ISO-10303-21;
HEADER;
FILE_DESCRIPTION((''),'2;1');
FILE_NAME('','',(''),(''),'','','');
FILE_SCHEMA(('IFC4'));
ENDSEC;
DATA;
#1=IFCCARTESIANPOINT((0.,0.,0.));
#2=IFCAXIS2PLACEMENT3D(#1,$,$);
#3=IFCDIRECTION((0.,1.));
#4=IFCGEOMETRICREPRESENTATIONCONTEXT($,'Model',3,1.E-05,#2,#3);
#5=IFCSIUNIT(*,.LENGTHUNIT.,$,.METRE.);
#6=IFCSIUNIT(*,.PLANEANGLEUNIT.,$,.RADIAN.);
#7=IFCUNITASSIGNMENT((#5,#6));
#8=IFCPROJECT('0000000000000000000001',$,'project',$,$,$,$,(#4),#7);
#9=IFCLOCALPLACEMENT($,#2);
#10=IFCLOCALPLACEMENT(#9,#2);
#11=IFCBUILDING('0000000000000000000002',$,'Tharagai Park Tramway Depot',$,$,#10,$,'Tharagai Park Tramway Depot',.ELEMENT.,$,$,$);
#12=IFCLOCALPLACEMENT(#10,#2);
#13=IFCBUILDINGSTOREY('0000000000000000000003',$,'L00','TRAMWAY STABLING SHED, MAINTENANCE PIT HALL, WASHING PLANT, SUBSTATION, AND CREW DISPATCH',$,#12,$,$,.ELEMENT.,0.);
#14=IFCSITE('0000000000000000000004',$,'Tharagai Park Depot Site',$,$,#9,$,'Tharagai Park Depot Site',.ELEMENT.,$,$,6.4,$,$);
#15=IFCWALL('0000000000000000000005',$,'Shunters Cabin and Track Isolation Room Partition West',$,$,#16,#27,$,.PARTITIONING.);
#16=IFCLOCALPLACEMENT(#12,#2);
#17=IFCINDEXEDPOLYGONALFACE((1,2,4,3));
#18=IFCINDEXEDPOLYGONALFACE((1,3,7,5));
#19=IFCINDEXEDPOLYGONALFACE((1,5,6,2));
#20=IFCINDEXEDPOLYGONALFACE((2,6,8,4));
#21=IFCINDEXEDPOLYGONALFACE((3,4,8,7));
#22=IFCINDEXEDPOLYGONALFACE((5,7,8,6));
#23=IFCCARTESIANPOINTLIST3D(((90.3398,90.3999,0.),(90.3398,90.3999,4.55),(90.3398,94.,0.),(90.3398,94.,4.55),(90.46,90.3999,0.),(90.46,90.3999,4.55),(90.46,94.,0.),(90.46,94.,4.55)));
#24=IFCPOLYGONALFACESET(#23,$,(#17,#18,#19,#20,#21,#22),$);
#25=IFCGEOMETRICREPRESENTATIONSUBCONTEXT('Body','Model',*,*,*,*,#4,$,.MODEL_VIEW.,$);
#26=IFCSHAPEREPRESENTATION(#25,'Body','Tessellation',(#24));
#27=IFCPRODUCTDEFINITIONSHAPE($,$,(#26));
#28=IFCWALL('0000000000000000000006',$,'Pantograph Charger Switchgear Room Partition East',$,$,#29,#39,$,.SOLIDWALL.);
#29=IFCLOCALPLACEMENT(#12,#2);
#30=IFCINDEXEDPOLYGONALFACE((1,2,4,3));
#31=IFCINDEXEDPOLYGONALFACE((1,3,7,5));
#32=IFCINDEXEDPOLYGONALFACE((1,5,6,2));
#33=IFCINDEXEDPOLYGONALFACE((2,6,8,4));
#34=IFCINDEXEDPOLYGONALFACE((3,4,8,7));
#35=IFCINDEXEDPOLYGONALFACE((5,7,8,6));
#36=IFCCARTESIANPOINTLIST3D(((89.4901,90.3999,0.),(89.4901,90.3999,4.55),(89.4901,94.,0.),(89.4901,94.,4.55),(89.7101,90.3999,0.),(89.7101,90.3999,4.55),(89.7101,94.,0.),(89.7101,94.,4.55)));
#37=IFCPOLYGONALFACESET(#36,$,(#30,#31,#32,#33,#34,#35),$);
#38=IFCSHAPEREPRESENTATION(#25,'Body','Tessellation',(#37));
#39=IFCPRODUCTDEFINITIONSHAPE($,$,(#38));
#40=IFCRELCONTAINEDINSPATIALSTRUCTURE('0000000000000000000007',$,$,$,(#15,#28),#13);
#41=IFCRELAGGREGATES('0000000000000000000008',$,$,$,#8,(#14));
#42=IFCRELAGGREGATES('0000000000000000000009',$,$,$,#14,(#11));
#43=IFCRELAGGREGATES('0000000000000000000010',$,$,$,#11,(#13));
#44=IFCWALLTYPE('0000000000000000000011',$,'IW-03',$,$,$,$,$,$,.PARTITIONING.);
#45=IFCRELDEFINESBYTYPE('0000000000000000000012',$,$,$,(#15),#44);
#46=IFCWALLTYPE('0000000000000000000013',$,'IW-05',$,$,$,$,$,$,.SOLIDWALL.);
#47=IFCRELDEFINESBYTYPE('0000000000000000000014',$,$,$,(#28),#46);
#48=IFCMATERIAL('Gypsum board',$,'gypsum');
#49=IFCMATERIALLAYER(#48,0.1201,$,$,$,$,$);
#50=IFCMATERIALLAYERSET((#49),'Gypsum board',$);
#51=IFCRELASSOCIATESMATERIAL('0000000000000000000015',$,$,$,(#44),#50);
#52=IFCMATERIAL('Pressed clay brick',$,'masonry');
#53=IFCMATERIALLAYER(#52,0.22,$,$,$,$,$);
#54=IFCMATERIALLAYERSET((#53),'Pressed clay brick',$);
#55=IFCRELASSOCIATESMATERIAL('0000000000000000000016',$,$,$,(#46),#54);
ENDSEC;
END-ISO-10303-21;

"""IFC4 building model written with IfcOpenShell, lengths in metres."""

from ifc_helpers import new_model, si_unit, direction, frame, frame_2d, origin, place, context, subcontext, project, spatial, rectangle, extrude, material, layer, layer_set, type_object, element, save


model = new_model("IFC4")

# Units and contexts
model_context = context("Model", 3, precision=1e-05, world=origin(), true_north=direction((0.0, 1.0)))
body_context = subcontext(model_context, "Body", "Model", "MODEL_VIEW")
ifc_project = project(units=[si_unit("LENGTHUNIT", "METRE"), si_unit("PLANEANGLEUNIT", "RADIAN")], contexts=[model_context])

# Site, building, storey
site_placement = place(None, origin())
site = spatial("IfcSite", under=ifc_project, at=site_placement, Name="Tharagai Park Depot Site", LongName="Tharagai Park Depot Site", CompositionType="ELEMENT", RefElevation=6.4)
building_placement = place(site_placement, origin())
building = spatial("IfcBuilding", under=site, at=building_placement, Name="Tharagai Park Tramway Depot", LongName="Tharagai Park Tramway Depot", CompositionType="ELEMENT")
storey_placement = place(building_placement, origin())
storey = spatial("IfcBuildingStorey", under=building, at=storey_placement, Name="L00", Description="TRAMWAY STABLING SHED, MAINTENANCE PIT HALL, WASHING PLANT, SUBSTATION, AND CREW DISPATCH", CompositionType="ELEMENT", Elevation=0.0)

# Shared definitions
ifc_material_1 = material(Name="Pressed clay brick", Category="masonry")

# Walls
ifc_material_2 = material(Name="Gypsum board", Category="gypsum")
ifc_layer_1 = layer(ifc_material_2, 0.1201)
ifc_layer_set_1 = layer_set([ifc_layer_1], Name="Gypsum board")
wall_type_1 = type_object("IfcWallType", Name="IW-03", PredefinedType="PARTITIONING", material=ifc_layer_set_1)
wall_1_placement = place(storey_placement, frame((90.3999, 90.3999, 0.0), z_axis=(0.0, 0.0, 1.0), x_axis=(0.0, 1.0, 0.0)))
element("IfcWall", 1, at=wall_1_placement, inside=storey, type_object=wall_type_1, Name="Shunters Cabin and Track Isolation Room Partition West", PredefinedType="PARTITIONING", context=body_context, shape_type="SweptSolid", body=[
    extrude(rectangle(XDim=3.6001, YDim=0.1201, at=frame_2d((1.8, 0.0))), origin(), (0.0, 0.0, 1.0), 4.55),
])
ifc_layer_2 = layer(ifc_material_1, 0.22)
ifc_layer_set_2 = layer_set([ifc_layer_2], Name="Pressed clay brick")
wall_type_2 = type_object("IfcWallType", Name="IW-05", PredefinedType="SOLIDWALL", material=ifc_layer_set_2)
wall_2_placement = place(storey_placement, frame((89.6001, 90.3999, 0.0), z_axis=(0.0, 0.0, 1.0), x_axis=(0.0, 1.0, 0.0)))
element("IfcWall", 2, at=wall_2_placement, inside=storey, type_object=wall_type_2, Name="Pantograph Charger Switchgear Room Partition East", PredefinedType="SOLIDWALL", context=body_context, shape_type="SweptSolid", body=[
    extrude(rectangle(XDim=3.6001, YDim=0.22, at=frame_2d((1.8, 0.0))), origin(), (0.0, 0.0, 1.0), 4.55),
])

save(model, "model.ifc")
